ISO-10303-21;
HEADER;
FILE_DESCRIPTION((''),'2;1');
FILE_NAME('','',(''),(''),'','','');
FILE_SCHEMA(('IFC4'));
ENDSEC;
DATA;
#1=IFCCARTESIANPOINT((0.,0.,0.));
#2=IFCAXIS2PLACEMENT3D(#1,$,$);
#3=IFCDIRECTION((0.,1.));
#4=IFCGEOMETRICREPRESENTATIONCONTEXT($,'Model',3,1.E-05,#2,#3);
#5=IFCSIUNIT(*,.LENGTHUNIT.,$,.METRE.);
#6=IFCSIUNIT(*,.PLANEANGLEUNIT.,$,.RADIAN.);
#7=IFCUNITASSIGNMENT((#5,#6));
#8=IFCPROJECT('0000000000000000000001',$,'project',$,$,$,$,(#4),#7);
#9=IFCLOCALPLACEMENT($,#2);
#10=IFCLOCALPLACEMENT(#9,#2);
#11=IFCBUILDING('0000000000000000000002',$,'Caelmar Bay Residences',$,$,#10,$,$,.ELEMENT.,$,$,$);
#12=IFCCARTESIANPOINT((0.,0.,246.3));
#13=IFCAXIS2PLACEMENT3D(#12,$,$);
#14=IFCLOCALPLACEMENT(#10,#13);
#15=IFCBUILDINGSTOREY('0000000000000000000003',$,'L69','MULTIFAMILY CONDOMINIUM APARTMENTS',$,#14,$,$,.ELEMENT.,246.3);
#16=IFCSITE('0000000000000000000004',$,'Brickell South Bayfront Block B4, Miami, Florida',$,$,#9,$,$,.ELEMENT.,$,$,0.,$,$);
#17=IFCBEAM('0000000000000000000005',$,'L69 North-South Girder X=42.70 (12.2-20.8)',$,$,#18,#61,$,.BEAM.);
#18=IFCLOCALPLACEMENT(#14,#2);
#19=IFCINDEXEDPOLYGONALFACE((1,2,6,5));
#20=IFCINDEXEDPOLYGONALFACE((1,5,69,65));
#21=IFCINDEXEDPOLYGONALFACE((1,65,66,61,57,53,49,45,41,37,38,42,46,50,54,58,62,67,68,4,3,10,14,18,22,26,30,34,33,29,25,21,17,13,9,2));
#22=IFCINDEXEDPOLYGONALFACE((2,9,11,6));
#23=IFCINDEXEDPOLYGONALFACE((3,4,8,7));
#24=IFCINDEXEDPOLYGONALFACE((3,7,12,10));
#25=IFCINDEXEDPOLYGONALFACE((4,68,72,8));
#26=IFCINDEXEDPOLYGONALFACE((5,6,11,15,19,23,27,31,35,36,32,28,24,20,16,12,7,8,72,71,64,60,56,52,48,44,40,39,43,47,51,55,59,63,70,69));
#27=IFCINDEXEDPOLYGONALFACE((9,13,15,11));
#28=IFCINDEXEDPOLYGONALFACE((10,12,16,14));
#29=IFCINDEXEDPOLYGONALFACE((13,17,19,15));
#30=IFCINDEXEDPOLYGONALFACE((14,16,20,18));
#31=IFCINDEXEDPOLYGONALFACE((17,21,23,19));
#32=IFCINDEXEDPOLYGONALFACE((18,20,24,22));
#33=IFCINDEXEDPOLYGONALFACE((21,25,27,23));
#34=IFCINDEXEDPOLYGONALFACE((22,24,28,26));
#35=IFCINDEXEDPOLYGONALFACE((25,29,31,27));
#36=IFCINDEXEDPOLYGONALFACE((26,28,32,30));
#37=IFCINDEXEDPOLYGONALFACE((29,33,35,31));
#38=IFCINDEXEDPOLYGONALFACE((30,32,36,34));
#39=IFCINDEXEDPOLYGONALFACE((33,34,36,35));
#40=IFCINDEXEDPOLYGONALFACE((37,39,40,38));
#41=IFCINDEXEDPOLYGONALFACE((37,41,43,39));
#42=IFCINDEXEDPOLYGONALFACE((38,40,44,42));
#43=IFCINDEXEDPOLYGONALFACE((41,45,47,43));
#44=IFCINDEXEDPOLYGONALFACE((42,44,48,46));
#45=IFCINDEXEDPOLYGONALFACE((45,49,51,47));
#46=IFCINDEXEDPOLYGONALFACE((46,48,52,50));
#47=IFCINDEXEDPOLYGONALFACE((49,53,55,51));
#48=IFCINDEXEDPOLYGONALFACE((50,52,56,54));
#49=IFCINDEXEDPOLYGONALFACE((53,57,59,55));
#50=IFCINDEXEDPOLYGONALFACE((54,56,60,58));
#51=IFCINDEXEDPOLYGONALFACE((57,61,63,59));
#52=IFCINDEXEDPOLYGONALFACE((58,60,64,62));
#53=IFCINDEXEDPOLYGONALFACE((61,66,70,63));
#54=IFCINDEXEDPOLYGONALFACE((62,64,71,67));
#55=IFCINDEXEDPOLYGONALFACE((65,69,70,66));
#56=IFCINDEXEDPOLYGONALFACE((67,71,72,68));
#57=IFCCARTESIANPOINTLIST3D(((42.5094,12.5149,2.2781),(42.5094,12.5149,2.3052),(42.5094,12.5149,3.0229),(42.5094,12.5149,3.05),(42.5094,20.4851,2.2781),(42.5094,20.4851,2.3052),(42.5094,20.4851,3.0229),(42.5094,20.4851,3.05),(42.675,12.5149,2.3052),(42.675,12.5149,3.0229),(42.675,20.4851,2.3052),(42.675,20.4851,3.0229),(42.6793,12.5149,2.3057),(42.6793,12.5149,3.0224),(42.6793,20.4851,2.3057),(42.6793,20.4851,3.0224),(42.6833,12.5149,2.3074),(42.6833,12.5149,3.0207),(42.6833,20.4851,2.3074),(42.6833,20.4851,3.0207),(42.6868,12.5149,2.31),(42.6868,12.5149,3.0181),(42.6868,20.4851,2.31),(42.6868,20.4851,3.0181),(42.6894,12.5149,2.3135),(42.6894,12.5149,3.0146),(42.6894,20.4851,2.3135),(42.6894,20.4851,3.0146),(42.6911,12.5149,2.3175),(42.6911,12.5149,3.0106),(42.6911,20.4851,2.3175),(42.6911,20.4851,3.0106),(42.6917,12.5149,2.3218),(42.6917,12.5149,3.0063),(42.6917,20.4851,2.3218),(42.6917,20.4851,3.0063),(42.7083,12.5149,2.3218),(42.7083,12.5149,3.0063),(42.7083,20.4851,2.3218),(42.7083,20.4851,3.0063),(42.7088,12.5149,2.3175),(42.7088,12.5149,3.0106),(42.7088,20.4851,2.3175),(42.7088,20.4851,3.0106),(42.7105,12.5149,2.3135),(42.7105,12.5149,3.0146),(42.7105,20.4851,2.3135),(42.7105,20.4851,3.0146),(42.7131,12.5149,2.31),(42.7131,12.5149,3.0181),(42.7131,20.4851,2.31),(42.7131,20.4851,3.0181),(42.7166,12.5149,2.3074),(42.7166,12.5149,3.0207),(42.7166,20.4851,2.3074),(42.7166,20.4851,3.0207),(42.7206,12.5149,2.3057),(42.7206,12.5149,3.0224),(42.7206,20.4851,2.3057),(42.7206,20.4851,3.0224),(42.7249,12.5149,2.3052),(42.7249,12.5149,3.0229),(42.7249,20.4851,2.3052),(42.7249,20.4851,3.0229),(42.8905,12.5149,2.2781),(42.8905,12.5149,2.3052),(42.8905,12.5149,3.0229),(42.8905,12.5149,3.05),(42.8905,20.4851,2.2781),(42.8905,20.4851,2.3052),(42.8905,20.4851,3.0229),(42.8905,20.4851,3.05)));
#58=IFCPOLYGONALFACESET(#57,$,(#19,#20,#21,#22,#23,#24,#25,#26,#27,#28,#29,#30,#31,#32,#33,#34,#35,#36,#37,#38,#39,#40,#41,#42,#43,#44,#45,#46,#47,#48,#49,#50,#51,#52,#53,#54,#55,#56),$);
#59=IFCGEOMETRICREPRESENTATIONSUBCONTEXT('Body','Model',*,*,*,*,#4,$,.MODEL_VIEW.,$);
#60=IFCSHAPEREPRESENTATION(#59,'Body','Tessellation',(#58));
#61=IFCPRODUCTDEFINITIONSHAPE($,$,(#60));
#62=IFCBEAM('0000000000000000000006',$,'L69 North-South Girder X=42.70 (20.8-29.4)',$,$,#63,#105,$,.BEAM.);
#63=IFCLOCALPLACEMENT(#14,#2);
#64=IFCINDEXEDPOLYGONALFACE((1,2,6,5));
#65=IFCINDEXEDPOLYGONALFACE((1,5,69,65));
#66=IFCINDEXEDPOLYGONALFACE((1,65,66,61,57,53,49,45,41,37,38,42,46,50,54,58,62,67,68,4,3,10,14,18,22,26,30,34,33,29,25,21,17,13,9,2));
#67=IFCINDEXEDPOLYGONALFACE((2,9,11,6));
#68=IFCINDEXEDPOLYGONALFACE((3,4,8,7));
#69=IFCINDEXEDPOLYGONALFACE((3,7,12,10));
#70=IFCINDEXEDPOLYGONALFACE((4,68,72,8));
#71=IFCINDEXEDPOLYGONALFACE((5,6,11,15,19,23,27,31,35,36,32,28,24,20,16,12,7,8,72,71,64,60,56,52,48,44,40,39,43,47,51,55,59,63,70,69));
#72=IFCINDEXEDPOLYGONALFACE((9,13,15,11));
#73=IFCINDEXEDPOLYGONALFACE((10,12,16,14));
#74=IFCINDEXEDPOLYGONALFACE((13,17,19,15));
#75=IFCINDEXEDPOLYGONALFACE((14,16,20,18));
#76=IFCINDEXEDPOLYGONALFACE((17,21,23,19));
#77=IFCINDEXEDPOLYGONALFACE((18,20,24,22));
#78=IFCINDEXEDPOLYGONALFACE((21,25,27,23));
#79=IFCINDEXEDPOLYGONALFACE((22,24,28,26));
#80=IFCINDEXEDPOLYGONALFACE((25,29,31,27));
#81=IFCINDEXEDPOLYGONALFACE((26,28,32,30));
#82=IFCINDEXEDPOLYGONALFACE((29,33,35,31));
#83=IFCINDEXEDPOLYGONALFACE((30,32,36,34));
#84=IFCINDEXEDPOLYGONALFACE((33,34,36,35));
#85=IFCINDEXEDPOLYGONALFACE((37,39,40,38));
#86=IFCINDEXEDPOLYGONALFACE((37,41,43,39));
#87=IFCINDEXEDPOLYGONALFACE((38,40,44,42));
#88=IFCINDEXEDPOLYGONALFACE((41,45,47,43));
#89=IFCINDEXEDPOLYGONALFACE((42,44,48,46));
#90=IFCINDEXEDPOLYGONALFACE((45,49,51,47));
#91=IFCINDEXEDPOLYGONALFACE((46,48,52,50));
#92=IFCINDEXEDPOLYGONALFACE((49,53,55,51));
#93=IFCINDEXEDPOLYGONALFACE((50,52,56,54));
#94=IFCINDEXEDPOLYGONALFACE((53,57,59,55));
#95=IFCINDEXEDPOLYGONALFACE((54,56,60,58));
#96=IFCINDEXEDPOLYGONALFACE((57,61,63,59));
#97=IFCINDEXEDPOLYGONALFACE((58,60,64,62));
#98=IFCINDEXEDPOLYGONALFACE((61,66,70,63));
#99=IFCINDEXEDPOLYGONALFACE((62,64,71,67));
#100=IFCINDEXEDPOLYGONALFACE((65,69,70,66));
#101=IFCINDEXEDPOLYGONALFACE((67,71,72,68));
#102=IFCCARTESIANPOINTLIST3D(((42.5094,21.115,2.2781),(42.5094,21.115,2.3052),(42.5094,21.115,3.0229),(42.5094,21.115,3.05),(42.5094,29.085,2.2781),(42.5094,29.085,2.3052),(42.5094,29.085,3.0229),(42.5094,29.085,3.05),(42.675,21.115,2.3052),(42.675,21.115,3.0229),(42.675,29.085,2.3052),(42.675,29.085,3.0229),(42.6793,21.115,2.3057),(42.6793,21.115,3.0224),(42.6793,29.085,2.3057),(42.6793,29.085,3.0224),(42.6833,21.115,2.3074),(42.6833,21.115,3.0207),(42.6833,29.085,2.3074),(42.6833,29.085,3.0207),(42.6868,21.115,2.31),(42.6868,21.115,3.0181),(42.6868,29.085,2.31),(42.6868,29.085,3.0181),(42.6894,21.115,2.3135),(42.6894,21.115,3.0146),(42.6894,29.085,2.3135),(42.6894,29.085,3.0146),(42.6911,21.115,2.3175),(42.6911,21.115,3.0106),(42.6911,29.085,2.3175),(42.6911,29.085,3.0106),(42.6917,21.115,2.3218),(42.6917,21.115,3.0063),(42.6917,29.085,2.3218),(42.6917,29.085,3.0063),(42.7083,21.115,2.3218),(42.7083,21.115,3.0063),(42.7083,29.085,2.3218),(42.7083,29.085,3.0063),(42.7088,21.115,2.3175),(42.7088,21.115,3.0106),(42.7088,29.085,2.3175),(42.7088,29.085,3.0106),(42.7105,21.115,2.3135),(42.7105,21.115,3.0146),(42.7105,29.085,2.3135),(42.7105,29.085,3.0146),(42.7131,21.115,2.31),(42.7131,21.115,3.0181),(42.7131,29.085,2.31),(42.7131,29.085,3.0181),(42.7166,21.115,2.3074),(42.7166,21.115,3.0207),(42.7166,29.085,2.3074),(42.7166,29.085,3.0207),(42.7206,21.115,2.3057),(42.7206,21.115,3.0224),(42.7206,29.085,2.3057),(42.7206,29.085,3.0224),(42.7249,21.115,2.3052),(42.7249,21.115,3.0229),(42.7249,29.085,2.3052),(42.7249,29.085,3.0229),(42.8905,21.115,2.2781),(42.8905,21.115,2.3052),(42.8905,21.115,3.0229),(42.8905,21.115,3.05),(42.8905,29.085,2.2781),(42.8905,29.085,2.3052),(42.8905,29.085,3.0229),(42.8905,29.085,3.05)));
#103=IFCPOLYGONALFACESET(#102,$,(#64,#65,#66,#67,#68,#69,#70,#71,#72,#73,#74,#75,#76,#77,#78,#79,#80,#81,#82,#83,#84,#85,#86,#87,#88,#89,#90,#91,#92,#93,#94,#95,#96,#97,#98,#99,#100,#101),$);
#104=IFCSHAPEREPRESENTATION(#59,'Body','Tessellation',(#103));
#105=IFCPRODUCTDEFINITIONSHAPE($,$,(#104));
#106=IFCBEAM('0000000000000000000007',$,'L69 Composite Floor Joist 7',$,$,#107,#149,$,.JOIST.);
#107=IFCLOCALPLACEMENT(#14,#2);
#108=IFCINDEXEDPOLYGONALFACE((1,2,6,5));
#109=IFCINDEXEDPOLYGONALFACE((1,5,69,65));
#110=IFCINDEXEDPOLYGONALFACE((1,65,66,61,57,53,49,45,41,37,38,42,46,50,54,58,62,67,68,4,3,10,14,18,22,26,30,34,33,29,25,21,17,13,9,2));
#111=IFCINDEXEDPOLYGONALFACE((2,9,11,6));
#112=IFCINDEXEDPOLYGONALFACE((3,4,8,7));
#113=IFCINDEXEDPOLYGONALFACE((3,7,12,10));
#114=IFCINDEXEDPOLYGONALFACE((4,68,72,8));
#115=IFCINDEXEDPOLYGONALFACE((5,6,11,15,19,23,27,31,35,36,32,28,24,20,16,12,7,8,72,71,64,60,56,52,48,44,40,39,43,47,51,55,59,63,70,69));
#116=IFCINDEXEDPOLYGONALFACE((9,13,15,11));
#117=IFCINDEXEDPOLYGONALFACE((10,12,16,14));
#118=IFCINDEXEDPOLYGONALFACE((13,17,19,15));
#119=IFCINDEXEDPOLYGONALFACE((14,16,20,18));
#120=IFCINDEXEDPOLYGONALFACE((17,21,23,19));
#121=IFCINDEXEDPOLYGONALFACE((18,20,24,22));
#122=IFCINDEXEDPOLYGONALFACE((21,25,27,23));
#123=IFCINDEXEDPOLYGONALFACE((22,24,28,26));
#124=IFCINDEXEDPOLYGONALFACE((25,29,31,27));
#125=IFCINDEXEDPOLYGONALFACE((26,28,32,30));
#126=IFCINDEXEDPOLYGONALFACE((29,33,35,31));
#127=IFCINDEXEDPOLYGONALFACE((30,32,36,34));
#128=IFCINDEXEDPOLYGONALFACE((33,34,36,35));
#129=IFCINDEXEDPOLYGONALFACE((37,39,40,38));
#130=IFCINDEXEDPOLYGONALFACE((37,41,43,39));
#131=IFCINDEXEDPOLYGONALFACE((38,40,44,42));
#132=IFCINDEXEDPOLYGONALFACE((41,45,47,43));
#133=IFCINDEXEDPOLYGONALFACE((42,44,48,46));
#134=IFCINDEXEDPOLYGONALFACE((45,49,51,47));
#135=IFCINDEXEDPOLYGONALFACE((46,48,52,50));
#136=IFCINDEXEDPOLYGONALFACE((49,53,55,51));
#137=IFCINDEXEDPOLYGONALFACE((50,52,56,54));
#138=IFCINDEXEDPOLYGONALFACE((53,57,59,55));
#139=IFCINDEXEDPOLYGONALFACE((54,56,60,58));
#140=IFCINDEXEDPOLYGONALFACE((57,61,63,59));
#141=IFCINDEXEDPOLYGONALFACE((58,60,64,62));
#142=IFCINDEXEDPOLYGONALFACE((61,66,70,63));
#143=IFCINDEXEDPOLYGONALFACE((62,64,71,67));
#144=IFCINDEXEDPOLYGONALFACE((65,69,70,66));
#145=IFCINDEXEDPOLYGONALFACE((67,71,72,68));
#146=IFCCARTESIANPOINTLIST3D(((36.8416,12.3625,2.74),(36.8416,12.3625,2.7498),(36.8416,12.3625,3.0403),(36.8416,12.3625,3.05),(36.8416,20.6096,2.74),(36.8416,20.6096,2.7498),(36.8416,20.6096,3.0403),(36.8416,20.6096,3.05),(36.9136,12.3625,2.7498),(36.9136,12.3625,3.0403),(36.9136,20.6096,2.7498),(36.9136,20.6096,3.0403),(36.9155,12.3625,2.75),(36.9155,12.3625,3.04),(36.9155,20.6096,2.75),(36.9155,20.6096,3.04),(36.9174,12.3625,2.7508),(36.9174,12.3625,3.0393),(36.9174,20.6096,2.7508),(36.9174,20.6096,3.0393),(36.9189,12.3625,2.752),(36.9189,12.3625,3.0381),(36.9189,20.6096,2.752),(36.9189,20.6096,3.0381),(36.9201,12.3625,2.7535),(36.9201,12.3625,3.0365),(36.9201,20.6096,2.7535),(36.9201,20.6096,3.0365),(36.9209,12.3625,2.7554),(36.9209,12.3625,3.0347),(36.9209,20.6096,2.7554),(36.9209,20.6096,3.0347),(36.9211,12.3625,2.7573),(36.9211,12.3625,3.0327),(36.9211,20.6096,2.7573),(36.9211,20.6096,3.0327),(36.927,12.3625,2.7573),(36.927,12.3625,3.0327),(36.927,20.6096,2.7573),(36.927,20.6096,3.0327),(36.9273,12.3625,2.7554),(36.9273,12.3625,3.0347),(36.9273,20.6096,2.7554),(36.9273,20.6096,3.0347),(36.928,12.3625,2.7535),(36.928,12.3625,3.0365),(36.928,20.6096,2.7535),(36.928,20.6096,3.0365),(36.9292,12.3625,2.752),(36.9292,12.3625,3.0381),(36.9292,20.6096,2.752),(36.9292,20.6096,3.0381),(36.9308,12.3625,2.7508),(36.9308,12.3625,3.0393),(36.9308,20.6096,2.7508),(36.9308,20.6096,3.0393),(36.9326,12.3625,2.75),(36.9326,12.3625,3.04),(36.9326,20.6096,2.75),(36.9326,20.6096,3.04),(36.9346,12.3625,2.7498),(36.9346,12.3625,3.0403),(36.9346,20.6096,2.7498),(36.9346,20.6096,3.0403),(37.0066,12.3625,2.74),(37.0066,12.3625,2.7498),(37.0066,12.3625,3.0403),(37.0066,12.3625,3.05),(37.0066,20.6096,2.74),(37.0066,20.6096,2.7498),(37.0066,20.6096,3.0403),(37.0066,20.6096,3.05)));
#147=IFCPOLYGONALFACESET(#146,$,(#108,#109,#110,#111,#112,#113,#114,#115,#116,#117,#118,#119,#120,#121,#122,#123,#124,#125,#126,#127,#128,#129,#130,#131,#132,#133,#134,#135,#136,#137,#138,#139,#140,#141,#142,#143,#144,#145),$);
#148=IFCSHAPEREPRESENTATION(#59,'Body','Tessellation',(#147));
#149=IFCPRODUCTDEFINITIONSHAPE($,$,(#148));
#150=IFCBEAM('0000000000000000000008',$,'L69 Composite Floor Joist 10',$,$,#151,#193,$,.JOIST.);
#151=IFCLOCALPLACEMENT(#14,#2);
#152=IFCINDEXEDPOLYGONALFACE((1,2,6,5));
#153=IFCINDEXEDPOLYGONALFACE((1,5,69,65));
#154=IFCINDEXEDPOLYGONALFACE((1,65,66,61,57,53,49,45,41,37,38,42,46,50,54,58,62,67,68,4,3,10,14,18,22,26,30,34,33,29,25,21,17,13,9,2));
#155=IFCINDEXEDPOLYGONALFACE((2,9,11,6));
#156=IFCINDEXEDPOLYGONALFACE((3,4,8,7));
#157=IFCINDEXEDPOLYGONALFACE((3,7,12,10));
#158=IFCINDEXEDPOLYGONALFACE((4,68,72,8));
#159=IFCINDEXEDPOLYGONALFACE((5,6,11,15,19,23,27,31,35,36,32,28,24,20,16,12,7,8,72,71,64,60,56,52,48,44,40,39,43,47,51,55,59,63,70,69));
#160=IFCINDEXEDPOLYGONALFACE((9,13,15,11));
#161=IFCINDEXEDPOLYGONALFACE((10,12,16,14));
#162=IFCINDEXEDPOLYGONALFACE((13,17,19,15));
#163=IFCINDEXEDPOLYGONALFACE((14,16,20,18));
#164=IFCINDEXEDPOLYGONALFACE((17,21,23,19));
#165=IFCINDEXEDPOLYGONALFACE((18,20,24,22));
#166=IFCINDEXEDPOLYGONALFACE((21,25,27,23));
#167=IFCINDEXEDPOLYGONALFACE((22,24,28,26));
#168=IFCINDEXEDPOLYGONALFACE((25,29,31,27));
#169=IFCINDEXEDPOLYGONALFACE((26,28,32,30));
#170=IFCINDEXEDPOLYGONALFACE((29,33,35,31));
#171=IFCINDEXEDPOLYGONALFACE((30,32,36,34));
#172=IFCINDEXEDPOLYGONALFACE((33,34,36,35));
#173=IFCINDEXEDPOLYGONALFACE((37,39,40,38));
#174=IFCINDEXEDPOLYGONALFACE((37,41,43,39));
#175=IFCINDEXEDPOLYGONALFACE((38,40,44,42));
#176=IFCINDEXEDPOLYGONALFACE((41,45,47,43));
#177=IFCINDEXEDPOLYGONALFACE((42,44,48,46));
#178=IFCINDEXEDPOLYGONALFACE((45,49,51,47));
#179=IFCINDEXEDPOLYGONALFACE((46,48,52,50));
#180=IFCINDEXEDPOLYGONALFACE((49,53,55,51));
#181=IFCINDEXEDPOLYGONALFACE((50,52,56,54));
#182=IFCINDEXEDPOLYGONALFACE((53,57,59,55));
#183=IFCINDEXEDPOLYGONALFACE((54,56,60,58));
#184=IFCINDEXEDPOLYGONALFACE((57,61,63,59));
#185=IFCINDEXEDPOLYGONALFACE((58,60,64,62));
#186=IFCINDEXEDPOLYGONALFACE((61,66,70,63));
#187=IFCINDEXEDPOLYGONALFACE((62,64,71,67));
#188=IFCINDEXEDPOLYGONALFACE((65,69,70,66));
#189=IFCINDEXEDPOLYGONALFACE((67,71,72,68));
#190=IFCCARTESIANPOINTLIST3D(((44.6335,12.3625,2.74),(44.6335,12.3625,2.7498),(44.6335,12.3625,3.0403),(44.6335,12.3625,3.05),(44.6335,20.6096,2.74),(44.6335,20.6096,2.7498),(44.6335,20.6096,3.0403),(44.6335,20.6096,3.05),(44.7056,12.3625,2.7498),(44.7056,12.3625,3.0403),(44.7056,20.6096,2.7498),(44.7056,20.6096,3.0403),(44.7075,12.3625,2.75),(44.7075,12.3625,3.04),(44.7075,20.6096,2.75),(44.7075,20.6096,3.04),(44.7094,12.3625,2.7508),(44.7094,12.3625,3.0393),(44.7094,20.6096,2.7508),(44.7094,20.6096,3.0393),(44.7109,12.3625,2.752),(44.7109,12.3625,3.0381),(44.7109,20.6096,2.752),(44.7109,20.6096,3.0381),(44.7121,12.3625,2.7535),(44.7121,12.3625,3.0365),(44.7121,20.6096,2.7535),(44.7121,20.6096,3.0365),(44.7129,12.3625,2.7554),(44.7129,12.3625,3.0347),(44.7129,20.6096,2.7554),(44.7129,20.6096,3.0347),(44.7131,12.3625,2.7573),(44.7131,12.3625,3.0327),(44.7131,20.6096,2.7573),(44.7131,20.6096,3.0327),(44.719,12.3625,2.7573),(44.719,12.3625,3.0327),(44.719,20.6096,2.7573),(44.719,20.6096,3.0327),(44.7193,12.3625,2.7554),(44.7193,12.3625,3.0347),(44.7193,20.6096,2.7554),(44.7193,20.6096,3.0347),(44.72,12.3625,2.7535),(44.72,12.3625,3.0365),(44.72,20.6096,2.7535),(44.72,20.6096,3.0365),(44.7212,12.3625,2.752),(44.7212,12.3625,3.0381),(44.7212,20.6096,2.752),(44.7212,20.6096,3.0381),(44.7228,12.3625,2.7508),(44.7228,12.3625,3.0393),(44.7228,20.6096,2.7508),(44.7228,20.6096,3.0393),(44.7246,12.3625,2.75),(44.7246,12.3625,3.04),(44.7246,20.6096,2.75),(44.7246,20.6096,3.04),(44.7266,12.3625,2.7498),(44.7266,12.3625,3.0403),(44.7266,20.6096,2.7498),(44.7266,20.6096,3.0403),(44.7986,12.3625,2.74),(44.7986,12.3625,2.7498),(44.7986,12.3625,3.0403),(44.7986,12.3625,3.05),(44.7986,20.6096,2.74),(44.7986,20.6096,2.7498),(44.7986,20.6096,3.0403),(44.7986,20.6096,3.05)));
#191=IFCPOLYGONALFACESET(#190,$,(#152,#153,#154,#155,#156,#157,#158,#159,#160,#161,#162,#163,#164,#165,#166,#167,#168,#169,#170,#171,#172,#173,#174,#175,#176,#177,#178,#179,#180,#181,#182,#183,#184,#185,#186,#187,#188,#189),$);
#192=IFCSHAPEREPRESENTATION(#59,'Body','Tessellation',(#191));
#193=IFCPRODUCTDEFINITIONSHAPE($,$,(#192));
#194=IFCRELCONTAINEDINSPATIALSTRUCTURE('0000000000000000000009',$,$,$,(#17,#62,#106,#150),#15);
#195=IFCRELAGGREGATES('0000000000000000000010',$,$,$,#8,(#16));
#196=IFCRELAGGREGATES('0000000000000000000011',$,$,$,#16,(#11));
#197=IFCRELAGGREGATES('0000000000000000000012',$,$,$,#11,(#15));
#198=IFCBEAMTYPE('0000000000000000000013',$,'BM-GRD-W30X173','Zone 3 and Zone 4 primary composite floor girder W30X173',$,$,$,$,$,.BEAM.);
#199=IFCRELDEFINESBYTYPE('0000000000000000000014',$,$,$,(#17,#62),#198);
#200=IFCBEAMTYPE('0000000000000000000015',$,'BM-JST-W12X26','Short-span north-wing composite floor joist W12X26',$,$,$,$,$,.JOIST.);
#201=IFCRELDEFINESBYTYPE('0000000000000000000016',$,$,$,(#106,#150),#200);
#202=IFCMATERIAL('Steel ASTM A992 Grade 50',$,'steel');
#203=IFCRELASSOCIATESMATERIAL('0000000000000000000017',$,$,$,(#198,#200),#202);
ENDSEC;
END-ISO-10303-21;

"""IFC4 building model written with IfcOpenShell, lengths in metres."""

from ifc_helpers import new_model, si_unit, direction, frame, origin, origin_2d, place, context, subcontext, project, spatial, i_section, extrude, material, material_profile, profile_set, type_object, element, save


model = new_model("IFC4")

# Units and contexts
model_context = context("Model", 3, precision=1e-05, world=origin(), true_north=direction((0.0, 1.0)))
body_context = subcontext(model_context, "Body", "Model", "MODEL_VIEW")
ifc_project = project(units=[si_unit("LENGTHUNIT", "METRE"), si_unit("PLANEANGLEUNIT", "RADIAN")], contexts=[model_context])

# Site, building, storey
site_placement = place(None, origin())
site = spatial("IfcSite", under=ifc_project, at=site_placement, Name="Brickell South Bayfront Block B4, Miami, Florida", CompositionType="ELEMENT", RefElevation=0.0)
building_placement = place(site_placement, origin())
building = spatial("IfcBuilding", under=site, at=building_placement, Name="Caelmar Bay Residences", CompositionType="ELEMENT")
storey_placement = place(building_placement, frame((0.0, 0.0, 246.3)))
storey = spatial("IfcBuildingStorey", under=building, at=storey_placement, Name="L69", Description="MULTIFAMILY CONDOMINIUM APARTMENTS", CompositionType="ELEMENT", Elevation=246.3)

# Beams
ifc_material_1 = material(Name="Steel ASTM A992 Grade 50", Category="steel")
ifc_material_profile_1 = material_profile(ifc_material_1, i_section(OverallWidth=0.3811, OverallDepth=0.772, WebThickness=0.0166, FlangeThickness=0.0271, FilletRadius=0.0166, at=origin_2d()), Name="W30X173")
ifc_profile_set_1 = profile_set([ifc_material_profile_1], Name="Steel ASTM A992 Grade 50")
beam_type_1 = type_object("IfcBeamType", Name="BM-GRD-W30X173", Description="Zone 3 and Zone 4 primary composite floor girder W30X173", PredefinedType="BEAM", material=ifc_profile_set_1)
beam_1_placement = place(storey_placement, frame((42.7, 12.5149, 2.6641), z_axis=(0.0, 1.0, 0.0), x_axis=(-1.0, 0.0, 0.0)))
element("IfcBeam", 1, at=beam_1_placement, inside=storey, type_object=beam_type_1, Name="L69 North-South Girder X=42.70 (12.2-20.8)", PredefinedType="BEAM", context=body_context, shape_type="SweptSolid", body=[
    extrude(i_section(OverallWidth=0.3811, OverallDepth=0.772, WebThickness=0.0166, FlangeThickness=0.0271, FilletRadius=0.0166, at=origin_2d()), origin(), (0.0, 0.0, 1.0), 7.9702),
])
beam_2_placement = place(storey_placement, frame((42.7, 21.115, 2.6641), z_axis=(0.0, 1.0, 0.0), x_axis=(-1.0, 0.0, 0.0)))
element("IfcBeam", 2, at=beam_2_placement, inside=storey, type_object=beam_type_1, Name="L69 North-South Girder X=42.70 (20.8-29.4)", PredefinedType="BEAM", context=body_context, shape_type="SweptSolid", body=[
    extrude(i_section(OverallWidth=0.3811, OverallDepth=0.772, WebThickness=0.0166, FlangeThickness=0.0271, FilletRadius=0.0166, at=origin_2d()), origin(), (0.0, 0.0, 1.0), 7.97),
])
ifc_material_profile_2 = material_profile(ifc_material_1, i_section(OverallWidth=0.165, OverallDepth=0.3101, WebThickness=0.0059, FlangeThickness=0.0098, FilletRadius=0.0076, at=origin_2d()), Name="W12X26")
ifc_profile_set_2 = profile_set([ifc_material_profile_2], Name="Steel ASTM A992 Grade 50")
beam_type_2 = type_object("IfcBeamType", Name="BM-JST-W12X26", Description="Short-span north-wing composite floor joist W12X26", PredefinedType="JOIST", material=ifc_profile_set_2)
for number, where, z_axis, x_axis, name in (
    (3, (36.9241, 12.3625, 2.895), (0.0, 1.0, 0.0), (-1.0, 0.0, 0.0), "L69 Composite Floor Joist 7"),
    (4, (44.7161, 12.3625, 2.895), (0.0, 1.0, 0.0), (-1.0, 0.0, 0.0), "L69 Composite Floor Joist 10"),
):
    element("IfcBeam", number, at=place(storey_placement, frame(where, z_axis=z_axis, x_axis=x_axis)), inside=storey, type_object=beam_type_2, Name=name, PredefinedType="JOIST", context=body_context, shape_type="SweptSolid", body=[
        extrude(i_section(OverallWidth=0.165, OverallDepth=0.3101, WebThickness=0.0059, FlangeThickness=0.0098, FilletRadius=0.0076, at=origin_2d()), origin(), (0.0, 0.0, 1.0), 8.2471),
    ])

save(model, "model.ifc")
